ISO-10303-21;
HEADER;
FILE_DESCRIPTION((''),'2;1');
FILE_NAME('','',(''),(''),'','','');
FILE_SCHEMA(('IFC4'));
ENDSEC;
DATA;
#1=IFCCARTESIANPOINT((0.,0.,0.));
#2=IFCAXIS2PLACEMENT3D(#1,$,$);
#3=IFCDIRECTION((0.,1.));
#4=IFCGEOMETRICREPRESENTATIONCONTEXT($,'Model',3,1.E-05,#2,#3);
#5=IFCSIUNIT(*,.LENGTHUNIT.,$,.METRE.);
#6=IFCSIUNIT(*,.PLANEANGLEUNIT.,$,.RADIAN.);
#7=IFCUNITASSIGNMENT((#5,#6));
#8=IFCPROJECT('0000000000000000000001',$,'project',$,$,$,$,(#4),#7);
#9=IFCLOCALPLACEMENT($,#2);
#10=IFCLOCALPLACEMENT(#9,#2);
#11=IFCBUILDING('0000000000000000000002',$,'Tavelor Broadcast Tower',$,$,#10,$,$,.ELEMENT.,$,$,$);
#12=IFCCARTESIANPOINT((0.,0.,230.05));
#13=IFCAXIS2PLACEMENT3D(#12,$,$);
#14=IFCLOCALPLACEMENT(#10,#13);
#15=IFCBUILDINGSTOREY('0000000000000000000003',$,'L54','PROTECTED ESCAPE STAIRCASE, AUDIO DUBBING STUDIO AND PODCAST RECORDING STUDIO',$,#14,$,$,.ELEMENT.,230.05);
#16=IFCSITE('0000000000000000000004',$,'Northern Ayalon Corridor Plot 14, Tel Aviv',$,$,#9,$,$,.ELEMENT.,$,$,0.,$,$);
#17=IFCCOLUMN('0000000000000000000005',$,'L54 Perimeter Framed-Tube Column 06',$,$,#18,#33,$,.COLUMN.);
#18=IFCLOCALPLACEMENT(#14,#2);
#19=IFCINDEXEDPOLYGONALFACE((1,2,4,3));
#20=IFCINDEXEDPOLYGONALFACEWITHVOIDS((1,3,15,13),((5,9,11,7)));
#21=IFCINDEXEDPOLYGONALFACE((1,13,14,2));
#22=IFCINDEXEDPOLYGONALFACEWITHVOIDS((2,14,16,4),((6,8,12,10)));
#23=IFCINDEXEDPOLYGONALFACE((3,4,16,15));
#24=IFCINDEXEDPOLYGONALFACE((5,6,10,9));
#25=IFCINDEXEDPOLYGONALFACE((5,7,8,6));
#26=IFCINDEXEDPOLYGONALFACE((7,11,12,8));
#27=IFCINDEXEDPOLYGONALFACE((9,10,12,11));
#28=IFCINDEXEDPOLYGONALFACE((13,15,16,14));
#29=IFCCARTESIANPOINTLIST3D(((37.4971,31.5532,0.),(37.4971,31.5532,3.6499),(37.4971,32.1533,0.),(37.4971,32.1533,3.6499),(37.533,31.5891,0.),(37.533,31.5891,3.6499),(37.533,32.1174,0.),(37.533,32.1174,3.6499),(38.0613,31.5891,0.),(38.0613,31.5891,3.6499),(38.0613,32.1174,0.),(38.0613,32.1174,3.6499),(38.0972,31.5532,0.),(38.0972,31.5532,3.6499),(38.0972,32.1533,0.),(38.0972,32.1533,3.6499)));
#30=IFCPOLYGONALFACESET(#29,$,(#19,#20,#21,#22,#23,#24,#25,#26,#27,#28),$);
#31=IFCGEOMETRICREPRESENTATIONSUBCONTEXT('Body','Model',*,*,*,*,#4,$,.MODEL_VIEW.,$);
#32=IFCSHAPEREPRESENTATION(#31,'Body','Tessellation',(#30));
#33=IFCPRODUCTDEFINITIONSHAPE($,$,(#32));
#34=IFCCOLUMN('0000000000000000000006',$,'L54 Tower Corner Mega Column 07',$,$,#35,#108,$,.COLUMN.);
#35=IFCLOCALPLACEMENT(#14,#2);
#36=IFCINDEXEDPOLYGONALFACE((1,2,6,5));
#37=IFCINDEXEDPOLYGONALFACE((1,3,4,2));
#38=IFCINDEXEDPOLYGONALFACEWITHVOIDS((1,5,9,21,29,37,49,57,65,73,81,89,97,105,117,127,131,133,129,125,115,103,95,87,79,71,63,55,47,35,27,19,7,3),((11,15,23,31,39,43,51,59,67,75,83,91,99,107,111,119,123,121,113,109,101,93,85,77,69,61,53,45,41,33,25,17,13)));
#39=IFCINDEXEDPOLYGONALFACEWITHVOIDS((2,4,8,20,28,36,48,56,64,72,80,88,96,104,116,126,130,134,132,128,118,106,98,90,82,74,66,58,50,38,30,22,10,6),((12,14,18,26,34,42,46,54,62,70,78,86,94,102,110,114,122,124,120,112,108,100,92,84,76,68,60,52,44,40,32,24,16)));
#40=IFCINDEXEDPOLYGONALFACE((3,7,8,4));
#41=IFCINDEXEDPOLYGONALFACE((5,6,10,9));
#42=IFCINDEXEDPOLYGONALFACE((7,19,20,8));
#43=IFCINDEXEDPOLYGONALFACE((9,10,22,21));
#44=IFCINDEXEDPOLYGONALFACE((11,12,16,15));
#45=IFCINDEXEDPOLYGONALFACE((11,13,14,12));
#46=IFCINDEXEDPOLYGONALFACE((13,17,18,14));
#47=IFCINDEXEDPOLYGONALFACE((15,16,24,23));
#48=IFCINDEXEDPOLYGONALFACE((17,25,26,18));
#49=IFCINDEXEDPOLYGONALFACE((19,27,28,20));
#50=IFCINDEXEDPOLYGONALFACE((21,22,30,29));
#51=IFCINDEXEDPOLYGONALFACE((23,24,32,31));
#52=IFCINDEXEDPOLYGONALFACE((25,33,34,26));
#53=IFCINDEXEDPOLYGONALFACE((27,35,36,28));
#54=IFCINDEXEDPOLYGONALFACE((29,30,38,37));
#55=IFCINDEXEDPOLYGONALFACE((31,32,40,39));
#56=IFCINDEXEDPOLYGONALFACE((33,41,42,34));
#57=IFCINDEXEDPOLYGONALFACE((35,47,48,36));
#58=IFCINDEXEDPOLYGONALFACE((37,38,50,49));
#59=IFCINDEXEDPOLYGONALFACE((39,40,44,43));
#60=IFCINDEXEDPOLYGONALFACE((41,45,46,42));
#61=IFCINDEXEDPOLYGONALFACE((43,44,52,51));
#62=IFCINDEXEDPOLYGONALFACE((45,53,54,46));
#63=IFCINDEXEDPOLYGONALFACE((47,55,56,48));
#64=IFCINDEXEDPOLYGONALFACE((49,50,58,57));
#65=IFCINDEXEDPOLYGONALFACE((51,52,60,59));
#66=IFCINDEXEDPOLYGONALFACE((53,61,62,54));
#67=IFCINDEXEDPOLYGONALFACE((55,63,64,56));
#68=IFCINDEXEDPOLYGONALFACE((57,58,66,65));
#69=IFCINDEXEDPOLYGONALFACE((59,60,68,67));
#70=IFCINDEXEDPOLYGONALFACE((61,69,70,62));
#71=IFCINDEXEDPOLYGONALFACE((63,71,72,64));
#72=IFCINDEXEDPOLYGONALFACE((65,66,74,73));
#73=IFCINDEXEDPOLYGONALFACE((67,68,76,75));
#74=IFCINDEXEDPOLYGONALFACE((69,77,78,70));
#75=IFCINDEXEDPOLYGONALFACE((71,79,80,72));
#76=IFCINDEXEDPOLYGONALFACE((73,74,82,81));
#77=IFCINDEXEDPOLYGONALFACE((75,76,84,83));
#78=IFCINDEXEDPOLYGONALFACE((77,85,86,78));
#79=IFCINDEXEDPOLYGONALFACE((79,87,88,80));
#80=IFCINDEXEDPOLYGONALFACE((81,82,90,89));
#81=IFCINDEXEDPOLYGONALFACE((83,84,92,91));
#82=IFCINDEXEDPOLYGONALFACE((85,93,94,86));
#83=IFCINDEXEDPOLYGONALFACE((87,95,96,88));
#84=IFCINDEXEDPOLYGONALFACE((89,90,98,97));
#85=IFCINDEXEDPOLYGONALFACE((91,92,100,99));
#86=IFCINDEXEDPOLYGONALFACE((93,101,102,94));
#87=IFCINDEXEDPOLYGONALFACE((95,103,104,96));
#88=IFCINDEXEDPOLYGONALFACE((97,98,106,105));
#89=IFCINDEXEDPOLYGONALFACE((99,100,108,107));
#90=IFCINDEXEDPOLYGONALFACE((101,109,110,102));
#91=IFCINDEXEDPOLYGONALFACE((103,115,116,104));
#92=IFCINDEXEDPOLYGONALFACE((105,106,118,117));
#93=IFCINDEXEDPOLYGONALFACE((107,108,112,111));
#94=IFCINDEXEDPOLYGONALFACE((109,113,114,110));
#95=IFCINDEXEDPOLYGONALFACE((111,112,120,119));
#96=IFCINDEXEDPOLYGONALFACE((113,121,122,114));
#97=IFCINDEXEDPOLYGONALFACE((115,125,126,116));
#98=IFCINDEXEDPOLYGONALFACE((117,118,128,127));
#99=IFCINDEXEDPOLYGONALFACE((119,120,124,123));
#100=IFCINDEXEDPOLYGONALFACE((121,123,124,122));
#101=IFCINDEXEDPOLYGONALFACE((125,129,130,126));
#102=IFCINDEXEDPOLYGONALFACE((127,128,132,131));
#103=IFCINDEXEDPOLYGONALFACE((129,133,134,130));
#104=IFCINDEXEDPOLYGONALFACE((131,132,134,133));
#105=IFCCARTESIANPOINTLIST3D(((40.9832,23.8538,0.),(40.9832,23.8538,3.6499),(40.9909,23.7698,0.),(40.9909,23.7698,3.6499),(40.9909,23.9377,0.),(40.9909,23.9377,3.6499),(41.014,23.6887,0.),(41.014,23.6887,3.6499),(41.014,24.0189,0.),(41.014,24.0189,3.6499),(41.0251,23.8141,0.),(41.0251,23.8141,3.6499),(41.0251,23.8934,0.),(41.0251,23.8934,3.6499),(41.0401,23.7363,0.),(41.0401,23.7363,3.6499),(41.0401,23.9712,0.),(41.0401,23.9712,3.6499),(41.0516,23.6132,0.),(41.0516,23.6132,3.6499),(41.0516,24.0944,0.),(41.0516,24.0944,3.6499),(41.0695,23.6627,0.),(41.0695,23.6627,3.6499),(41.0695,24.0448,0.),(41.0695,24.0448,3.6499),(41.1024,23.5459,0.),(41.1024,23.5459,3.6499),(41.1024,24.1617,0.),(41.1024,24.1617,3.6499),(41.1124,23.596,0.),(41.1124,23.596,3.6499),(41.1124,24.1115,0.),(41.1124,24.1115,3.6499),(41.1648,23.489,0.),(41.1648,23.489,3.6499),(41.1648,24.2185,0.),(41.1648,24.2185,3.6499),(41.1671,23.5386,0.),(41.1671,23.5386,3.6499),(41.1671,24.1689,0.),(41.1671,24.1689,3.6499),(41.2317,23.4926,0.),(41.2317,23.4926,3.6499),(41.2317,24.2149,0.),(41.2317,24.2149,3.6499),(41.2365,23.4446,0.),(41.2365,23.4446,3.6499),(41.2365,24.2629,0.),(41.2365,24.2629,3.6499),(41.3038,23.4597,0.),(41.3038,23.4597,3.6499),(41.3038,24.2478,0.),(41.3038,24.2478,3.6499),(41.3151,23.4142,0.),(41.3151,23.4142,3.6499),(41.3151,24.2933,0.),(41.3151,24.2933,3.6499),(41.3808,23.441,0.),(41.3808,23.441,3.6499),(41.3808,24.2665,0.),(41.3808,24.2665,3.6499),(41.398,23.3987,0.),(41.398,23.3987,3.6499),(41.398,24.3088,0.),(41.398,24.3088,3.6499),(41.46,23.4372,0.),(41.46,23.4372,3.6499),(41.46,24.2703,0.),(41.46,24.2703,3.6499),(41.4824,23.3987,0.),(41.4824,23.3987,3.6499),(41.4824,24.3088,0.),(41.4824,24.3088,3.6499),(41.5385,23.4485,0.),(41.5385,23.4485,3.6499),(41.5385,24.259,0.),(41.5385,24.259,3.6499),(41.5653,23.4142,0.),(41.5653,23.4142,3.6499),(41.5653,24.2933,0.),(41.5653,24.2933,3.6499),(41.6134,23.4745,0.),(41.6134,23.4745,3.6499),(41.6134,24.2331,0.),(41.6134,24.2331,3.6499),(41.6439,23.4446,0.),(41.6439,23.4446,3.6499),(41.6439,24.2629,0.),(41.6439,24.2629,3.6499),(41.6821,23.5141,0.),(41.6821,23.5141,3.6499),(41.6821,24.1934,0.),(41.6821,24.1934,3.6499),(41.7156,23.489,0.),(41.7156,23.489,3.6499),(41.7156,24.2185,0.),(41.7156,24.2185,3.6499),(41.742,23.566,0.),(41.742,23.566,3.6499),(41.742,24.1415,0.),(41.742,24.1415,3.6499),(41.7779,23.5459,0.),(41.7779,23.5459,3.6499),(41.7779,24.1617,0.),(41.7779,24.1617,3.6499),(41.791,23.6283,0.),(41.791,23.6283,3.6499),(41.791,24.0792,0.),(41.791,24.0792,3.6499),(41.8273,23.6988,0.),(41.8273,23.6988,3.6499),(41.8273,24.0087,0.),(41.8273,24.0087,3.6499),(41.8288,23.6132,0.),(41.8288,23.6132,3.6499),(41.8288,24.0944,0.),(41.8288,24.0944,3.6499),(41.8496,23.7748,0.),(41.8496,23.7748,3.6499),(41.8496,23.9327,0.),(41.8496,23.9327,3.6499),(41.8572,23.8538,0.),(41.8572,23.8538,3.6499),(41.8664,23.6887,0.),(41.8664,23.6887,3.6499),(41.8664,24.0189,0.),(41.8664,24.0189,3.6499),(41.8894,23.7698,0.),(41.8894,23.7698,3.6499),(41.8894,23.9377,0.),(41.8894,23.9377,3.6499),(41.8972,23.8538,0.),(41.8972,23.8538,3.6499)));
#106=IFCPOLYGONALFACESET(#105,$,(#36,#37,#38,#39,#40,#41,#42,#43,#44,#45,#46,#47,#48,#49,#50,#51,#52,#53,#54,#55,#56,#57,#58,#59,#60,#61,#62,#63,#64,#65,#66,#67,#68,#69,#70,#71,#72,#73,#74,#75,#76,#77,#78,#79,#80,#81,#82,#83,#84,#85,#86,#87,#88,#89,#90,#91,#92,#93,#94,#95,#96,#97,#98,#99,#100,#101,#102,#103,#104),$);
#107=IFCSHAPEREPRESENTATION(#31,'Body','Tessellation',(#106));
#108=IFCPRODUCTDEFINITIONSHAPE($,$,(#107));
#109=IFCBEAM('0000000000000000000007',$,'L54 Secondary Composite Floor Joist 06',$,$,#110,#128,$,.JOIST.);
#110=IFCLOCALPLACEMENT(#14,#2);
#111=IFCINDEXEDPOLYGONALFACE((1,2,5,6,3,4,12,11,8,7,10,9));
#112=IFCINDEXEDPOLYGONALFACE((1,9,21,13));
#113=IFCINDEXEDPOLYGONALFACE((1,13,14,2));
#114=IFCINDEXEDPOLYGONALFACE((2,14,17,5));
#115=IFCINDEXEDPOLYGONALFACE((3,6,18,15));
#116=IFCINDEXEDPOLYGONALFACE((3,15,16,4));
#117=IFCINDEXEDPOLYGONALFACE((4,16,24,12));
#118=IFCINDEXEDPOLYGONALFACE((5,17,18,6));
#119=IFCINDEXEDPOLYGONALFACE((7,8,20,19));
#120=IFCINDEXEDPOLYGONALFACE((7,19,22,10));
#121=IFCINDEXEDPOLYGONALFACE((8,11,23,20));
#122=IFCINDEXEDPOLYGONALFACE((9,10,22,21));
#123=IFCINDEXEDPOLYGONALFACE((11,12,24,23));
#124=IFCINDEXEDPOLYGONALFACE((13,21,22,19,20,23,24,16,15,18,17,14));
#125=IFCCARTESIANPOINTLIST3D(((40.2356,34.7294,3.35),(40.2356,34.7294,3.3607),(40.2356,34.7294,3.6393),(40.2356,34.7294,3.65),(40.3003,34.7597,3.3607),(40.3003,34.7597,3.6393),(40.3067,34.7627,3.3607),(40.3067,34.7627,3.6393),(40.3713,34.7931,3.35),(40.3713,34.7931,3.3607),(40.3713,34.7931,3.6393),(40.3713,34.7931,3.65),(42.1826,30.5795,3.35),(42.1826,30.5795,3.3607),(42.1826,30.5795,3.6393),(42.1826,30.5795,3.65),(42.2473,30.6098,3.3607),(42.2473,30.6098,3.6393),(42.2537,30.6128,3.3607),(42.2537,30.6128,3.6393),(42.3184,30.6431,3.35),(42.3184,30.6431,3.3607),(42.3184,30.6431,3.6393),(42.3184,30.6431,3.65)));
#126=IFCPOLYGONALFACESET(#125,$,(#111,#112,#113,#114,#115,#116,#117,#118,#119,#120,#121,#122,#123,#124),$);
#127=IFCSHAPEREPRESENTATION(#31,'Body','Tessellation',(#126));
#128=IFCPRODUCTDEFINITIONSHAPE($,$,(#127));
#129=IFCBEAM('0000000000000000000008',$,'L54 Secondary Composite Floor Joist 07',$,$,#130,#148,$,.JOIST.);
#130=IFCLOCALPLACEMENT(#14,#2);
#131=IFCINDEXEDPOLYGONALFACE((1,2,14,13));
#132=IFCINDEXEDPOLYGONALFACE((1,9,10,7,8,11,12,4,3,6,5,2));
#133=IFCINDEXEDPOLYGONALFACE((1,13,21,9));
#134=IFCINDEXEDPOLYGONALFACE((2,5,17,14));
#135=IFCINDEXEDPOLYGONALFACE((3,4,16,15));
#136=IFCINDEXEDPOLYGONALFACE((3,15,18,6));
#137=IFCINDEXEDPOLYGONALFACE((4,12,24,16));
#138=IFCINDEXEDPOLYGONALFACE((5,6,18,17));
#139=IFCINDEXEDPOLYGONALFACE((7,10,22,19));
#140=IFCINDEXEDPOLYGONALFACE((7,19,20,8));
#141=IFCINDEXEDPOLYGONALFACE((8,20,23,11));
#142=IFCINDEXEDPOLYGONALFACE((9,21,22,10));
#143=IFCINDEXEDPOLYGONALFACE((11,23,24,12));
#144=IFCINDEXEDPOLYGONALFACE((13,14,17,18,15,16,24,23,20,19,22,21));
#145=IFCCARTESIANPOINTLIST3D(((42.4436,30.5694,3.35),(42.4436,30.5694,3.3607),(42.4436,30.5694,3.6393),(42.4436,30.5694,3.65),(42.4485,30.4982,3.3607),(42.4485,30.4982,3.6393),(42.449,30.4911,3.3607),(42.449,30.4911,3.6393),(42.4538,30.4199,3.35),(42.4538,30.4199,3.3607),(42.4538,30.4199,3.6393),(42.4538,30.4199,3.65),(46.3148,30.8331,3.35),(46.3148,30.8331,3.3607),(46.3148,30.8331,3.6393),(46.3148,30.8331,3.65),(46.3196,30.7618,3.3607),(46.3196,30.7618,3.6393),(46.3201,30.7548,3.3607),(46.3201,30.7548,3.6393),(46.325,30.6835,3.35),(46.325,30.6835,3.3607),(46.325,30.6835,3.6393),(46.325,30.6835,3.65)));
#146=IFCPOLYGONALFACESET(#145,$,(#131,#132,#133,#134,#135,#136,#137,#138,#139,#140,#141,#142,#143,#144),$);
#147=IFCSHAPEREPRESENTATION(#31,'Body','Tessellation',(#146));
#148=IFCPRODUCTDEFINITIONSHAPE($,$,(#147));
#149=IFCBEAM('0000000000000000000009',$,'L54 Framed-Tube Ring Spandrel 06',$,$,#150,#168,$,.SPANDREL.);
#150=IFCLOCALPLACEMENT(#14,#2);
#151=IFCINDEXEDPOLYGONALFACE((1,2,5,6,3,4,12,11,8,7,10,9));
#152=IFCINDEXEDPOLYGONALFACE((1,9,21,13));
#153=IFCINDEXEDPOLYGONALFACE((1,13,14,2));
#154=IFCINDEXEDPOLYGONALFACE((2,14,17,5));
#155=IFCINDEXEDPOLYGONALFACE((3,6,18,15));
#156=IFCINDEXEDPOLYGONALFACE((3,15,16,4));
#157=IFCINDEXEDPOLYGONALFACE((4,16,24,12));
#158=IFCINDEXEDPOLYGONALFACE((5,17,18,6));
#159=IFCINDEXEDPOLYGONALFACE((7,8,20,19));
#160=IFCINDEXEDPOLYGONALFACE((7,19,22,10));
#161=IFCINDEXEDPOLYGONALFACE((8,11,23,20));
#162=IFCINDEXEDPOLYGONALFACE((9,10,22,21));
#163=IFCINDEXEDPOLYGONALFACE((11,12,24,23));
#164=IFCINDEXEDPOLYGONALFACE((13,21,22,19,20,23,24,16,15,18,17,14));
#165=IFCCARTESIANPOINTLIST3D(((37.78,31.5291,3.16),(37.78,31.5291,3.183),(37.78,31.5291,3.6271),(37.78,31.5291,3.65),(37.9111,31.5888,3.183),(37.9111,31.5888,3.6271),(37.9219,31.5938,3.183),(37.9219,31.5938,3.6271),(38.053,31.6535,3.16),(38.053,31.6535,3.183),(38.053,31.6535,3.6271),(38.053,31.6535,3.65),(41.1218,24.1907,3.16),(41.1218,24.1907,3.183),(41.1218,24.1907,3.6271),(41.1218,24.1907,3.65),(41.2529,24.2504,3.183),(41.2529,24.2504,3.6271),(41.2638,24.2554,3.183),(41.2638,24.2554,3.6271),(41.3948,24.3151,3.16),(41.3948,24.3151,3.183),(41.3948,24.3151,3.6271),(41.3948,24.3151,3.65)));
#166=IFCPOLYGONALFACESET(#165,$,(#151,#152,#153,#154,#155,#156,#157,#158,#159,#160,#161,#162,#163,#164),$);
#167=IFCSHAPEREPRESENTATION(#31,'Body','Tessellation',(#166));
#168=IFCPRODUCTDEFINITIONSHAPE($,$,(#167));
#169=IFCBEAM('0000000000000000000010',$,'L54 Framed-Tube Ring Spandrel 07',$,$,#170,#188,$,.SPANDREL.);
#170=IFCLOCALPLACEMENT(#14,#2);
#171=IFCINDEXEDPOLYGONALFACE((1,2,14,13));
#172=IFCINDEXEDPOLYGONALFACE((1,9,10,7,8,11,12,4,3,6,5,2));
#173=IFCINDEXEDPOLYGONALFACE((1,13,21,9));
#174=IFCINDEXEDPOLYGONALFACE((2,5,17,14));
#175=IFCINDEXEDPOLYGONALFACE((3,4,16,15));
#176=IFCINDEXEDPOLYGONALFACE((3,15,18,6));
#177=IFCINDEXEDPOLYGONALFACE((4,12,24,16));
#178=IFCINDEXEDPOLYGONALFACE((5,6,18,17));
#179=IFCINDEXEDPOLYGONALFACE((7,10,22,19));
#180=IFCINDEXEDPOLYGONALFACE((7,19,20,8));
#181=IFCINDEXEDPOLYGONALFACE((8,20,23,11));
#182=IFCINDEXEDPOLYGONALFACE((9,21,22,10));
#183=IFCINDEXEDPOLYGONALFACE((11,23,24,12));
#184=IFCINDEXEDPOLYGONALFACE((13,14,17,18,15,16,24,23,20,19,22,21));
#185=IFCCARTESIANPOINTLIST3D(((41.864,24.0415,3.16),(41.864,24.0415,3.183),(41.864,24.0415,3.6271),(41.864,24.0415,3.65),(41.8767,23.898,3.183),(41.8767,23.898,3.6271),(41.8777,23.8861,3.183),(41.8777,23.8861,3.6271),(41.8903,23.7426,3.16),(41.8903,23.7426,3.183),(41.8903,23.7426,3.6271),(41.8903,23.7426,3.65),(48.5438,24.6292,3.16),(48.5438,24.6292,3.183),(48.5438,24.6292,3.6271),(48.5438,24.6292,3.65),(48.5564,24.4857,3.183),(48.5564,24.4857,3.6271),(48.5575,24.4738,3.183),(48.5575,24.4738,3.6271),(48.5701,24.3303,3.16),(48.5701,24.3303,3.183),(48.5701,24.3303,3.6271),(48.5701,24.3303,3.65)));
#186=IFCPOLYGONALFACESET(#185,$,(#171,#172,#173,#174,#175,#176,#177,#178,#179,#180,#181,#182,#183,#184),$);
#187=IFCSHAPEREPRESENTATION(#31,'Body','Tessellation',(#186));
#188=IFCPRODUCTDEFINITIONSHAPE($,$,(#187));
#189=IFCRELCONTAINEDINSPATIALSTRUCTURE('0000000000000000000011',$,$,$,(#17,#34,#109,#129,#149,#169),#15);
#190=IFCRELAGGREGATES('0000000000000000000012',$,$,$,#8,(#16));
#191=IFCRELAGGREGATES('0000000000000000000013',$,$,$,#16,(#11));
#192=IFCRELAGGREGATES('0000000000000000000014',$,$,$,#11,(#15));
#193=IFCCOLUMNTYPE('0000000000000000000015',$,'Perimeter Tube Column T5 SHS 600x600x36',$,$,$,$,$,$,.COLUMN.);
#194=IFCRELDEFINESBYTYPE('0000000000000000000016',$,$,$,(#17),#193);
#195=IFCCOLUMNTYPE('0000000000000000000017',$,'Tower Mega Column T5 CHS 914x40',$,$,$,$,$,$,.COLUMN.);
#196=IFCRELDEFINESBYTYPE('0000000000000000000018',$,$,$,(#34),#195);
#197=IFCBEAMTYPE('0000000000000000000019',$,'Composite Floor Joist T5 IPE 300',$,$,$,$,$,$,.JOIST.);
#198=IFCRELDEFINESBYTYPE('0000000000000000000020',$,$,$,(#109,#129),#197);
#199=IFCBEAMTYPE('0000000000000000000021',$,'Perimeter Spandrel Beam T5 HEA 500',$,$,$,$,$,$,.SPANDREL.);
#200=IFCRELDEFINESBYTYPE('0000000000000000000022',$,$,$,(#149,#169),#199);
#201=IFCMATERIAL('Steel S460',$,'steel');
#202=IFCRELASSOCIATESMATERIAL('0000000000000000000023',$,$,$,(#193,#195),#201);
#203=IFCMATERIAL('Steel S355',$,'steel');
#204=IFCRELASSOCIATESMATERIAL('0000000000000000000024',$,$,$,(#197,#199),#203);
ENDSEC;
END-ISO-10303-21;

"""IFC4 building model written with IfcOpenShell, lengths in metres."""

from ifc_helpers import new_model, si_unit, direction, frame, origin, origin_2d, place, context, subcontext, project, spatial, hollow_rectangle, hollow_circle, i_section, extrude, material, material_profile, profile_set, type_object, element, save


model = new_model("IFC4")

# Units and contexts
model_context = context("Model", 3, precision=1e-05, world=origin(), true_north=direction((0.0, 1.0)))
body_context = subcontext(model_context, "Body", "Model", "MODEL_VIEW")
ifc_project = project(units=[si_unit("LENGTHUNIT", "METRE"), si_unit("PLANEANGLEUNIT", "RADIAN")], contexts=[model_context])

# Site, building, storey
site_placement = place(None, origin())
site = spatial("IfcSite", under=ifc_project, at=site_placement, Name="Northern Ayalon Corridor Plot 14, Tel Aviv", CompositionType="ELEMENT", RefElevation=0.0)
building_placement = place(site_placement, origin())
building = spatial("IfcBuilding", under=site, at=building_placement, Name="Tavelor Broadcast Tower", CompositionType="ELEMENT")
storey_placement = place(building_placement, frame((0.0, 0.0, 230.05)))
storey = spatial("IfcBuildingStorey", under=building, at=storey_placement, Name="L54", Description="PROTECTED ESCAPE STAIRCASE, AUDIO DUBBING STUDIO AND PODCAST RECORDING STUDIO", CompositionType="ELEMENT", Elevation=230.05)

# Columns
ifc_material_1 = material(Name="Steel S460", Category="steel")
ifc_material_profile_1 = material_profile(ifc_material_1, hollow_rectangle(XDim=0.6001, YDim=0.6001, WallThickness=0.0359, at=origin_2d()), Name="SHS 600x600x36")
ifc_profile_set_1 = profile_set([ifc_material_profile_1], Name="Steel S460")
column_type_1 = type_object("IfcColumnType", Name="Perimeter Tube Column T5 SHS 600x600x36", PredefinedType="COLUMN", material=ifc_profile_set_1)
column_1_placement = place(storey_placement, frame((37.7971, 31.8533, 0.0), z_axis=(0.0, 0.0, 1.0), x_axis=(1.0, 0.0, 0.0)))
element("IfcColumn", 1, at=column_1_placement, inside=storey, type_object=column_type_1, Name="L54 Perimeter Framed-Tube Column 06", PredefinedType="COLUMN", context=body_context, shape_type="SweptSolid", body=[
    extrude(hollow_rectangle(XDim=0.6001, YDim=0.6001, WallThickness=0.0359, at=origin_2d()), origin(), (0.0, 0.0, 1.0), 3.6499),
])
ifc_material_profile_2 = material_profile(ifc_material_1, hollow_circle(Radius=0.457, WallThickness=0.04, at=origin_2d()), Name="CHS 914x40")
ifc_profile_set_2 = profile_set([ifc_material_profile_2], Name="Steel S460")
column_type_2 = type_object("IfcColumnType", Name="Tower Mega Column T5 CHS 914x40", PredefinedType="COLUMN", material=ifc_profile_set_2)
column_2_placement = place(storey_placement, frame((41.4402, 23.8538, 0.0), z_axis=(0.0, 0.0, 1.0), x_axis=(1.0, 0.0, 0.0)))
element("IfcColumn", 2, at=column_2_placement, inside=storey, type_object=column_type_2, Name="L54 Tower Corner Mega Column 07", PredefinedType="COLUMN", context=body_context, shape_type="SweptSolid", body=[
    extrude(hollow_circle(Radius=0.457, WallThickness=0.04, at=origin_2d()), origin(), (0.0, 0.0, 1.0), 3.6499),
])

# Beams
ifc_material_2 = material(Name="Steel S355", Category="steel")
ifc_material_profile_3 = material_profile(ifc_material_2, i_section(OverallWidth=0.1499, OverallDepth=0.3, WebThickness=0.0071, FlangeThickness=0.0107, at=origin_2d()), Name="IPE 300")
ifc_profile_set_3 = profile_set([ifc_material_profile_3], Name="Steel S355")
beam_type_1 = type_object("IfcBeamType", Name="Composite Floor Joist T5 IPE 300", PredefinedType="JOIST", material=ifc_profile_set_3)
beam_1_placement = place(storey_placement, frame((40.3035, 34.7612, 3.5), z_axis=(0.424748, -0.905312, 0.0), x_axis=(0.905312, 0.424748, 0.0)))
element("IfcBeam", 3, at=beam_1_placement, inside=storey, type_object=beam_type_1, Name="L54 Secondary Composite Floor Joist 06", PredefinedType="JOIST", context=body_context, shape_type="SweptSolid", body=[
    extrude(i_section(OverallWidth=0.1499, OverallDepth=0.3, WebThickness=0.0071, FlangeThickness=0.0107, at=origin_2d()), origin(), (0.0, 0.0, 1.0), 4.584),
])
beam_2_placement = place(storey_placement, frame((42.4487, 30.4946, 3.5), z_axis=(0.997688, 0.067956, 0.0), x_axis=(-0.067956, 0.997688, 0.0)))
element("IfcBeam", 4, at=beam_2_placement, inside=storey, type_object=beam_type_1, Name="L54 Secondary Composite Floor Joist 07", PredefinedType="JOIST", context=body_context, shape_type="SweptSolid", body=[
    extrude(i_section(OverallWidth=0.1499, OverallDepth=0.3, WebThickness=0.0071, FlangeThickness=0.0107, at=origin_2d()), origin(), (0.0, 0.0, 1.0), 3.8801),
])
ifc_material_profile_4 = material_profile(ifc_material_2, i_section(OverallWidth=0.3, OverallDepth=0.49, WebThickness=0.012, FlangeThickness=0.0229, at=origin_2d()), Name="HEA 500")
ifc_profile_set_4 = profile_set([ifc_material_profile_4], Name="Steel S355")
beam_type_2 = type_object("IfcBeamType", Name="Perimeter Spandrel Beam T5 HEA 500", PredefinedType="SPANDREL", material=ifc_profile_set_4)
beam_3_placement = place(storey_placement, frame((37.9165, 31.5913, 3.405), z_axis=(0.414437, -0.910078, 0.0), x_axis=(0.910078, 0.414437, 0.0)))
element("IfcBeam", 5, at=beam_3_placement, inside=storey, type_object=beam_type_2, Name="L54 Framed-Tube Ring Spandrel 06", PredefinedType="SPANDREL", context=body_context, shape_type="SweptSolid", body=[
    extrude(i_section(OverallWidth=0.3, OverallDepth=0.49, WebThickness=0.012, FlangeThickness=0.0229, at=origin_2d()), origin(), (0.0, 0.0, 1.0), 8.0635),
])
beam_4_placement = place(storey_placement, frame((41.8772, 23.8921, 3.405), z_axis=(0.996153, 0.087637, 0.0), x_axis=(-0.087637, 0.996153, 0.0)))
element("IfcBeam", 6, at=beam_4_placement, inside=storey, type_object=beam_type_2, Name="L54 Framed-Tube Ring Spandrel 07", PredefinedType="SPANDREL", context=body_context, shape_type="SweptSolid", body=[
    extrude(i_section(OverallWidth=0.3, OverallDepth=0.49, WebThickness=0.012, FlangeThickness=0.0229, at=origin_2d()), origin(), (0.0, 0.0, 1.0), 6.7056),
])

save(model, "model.ifc")
